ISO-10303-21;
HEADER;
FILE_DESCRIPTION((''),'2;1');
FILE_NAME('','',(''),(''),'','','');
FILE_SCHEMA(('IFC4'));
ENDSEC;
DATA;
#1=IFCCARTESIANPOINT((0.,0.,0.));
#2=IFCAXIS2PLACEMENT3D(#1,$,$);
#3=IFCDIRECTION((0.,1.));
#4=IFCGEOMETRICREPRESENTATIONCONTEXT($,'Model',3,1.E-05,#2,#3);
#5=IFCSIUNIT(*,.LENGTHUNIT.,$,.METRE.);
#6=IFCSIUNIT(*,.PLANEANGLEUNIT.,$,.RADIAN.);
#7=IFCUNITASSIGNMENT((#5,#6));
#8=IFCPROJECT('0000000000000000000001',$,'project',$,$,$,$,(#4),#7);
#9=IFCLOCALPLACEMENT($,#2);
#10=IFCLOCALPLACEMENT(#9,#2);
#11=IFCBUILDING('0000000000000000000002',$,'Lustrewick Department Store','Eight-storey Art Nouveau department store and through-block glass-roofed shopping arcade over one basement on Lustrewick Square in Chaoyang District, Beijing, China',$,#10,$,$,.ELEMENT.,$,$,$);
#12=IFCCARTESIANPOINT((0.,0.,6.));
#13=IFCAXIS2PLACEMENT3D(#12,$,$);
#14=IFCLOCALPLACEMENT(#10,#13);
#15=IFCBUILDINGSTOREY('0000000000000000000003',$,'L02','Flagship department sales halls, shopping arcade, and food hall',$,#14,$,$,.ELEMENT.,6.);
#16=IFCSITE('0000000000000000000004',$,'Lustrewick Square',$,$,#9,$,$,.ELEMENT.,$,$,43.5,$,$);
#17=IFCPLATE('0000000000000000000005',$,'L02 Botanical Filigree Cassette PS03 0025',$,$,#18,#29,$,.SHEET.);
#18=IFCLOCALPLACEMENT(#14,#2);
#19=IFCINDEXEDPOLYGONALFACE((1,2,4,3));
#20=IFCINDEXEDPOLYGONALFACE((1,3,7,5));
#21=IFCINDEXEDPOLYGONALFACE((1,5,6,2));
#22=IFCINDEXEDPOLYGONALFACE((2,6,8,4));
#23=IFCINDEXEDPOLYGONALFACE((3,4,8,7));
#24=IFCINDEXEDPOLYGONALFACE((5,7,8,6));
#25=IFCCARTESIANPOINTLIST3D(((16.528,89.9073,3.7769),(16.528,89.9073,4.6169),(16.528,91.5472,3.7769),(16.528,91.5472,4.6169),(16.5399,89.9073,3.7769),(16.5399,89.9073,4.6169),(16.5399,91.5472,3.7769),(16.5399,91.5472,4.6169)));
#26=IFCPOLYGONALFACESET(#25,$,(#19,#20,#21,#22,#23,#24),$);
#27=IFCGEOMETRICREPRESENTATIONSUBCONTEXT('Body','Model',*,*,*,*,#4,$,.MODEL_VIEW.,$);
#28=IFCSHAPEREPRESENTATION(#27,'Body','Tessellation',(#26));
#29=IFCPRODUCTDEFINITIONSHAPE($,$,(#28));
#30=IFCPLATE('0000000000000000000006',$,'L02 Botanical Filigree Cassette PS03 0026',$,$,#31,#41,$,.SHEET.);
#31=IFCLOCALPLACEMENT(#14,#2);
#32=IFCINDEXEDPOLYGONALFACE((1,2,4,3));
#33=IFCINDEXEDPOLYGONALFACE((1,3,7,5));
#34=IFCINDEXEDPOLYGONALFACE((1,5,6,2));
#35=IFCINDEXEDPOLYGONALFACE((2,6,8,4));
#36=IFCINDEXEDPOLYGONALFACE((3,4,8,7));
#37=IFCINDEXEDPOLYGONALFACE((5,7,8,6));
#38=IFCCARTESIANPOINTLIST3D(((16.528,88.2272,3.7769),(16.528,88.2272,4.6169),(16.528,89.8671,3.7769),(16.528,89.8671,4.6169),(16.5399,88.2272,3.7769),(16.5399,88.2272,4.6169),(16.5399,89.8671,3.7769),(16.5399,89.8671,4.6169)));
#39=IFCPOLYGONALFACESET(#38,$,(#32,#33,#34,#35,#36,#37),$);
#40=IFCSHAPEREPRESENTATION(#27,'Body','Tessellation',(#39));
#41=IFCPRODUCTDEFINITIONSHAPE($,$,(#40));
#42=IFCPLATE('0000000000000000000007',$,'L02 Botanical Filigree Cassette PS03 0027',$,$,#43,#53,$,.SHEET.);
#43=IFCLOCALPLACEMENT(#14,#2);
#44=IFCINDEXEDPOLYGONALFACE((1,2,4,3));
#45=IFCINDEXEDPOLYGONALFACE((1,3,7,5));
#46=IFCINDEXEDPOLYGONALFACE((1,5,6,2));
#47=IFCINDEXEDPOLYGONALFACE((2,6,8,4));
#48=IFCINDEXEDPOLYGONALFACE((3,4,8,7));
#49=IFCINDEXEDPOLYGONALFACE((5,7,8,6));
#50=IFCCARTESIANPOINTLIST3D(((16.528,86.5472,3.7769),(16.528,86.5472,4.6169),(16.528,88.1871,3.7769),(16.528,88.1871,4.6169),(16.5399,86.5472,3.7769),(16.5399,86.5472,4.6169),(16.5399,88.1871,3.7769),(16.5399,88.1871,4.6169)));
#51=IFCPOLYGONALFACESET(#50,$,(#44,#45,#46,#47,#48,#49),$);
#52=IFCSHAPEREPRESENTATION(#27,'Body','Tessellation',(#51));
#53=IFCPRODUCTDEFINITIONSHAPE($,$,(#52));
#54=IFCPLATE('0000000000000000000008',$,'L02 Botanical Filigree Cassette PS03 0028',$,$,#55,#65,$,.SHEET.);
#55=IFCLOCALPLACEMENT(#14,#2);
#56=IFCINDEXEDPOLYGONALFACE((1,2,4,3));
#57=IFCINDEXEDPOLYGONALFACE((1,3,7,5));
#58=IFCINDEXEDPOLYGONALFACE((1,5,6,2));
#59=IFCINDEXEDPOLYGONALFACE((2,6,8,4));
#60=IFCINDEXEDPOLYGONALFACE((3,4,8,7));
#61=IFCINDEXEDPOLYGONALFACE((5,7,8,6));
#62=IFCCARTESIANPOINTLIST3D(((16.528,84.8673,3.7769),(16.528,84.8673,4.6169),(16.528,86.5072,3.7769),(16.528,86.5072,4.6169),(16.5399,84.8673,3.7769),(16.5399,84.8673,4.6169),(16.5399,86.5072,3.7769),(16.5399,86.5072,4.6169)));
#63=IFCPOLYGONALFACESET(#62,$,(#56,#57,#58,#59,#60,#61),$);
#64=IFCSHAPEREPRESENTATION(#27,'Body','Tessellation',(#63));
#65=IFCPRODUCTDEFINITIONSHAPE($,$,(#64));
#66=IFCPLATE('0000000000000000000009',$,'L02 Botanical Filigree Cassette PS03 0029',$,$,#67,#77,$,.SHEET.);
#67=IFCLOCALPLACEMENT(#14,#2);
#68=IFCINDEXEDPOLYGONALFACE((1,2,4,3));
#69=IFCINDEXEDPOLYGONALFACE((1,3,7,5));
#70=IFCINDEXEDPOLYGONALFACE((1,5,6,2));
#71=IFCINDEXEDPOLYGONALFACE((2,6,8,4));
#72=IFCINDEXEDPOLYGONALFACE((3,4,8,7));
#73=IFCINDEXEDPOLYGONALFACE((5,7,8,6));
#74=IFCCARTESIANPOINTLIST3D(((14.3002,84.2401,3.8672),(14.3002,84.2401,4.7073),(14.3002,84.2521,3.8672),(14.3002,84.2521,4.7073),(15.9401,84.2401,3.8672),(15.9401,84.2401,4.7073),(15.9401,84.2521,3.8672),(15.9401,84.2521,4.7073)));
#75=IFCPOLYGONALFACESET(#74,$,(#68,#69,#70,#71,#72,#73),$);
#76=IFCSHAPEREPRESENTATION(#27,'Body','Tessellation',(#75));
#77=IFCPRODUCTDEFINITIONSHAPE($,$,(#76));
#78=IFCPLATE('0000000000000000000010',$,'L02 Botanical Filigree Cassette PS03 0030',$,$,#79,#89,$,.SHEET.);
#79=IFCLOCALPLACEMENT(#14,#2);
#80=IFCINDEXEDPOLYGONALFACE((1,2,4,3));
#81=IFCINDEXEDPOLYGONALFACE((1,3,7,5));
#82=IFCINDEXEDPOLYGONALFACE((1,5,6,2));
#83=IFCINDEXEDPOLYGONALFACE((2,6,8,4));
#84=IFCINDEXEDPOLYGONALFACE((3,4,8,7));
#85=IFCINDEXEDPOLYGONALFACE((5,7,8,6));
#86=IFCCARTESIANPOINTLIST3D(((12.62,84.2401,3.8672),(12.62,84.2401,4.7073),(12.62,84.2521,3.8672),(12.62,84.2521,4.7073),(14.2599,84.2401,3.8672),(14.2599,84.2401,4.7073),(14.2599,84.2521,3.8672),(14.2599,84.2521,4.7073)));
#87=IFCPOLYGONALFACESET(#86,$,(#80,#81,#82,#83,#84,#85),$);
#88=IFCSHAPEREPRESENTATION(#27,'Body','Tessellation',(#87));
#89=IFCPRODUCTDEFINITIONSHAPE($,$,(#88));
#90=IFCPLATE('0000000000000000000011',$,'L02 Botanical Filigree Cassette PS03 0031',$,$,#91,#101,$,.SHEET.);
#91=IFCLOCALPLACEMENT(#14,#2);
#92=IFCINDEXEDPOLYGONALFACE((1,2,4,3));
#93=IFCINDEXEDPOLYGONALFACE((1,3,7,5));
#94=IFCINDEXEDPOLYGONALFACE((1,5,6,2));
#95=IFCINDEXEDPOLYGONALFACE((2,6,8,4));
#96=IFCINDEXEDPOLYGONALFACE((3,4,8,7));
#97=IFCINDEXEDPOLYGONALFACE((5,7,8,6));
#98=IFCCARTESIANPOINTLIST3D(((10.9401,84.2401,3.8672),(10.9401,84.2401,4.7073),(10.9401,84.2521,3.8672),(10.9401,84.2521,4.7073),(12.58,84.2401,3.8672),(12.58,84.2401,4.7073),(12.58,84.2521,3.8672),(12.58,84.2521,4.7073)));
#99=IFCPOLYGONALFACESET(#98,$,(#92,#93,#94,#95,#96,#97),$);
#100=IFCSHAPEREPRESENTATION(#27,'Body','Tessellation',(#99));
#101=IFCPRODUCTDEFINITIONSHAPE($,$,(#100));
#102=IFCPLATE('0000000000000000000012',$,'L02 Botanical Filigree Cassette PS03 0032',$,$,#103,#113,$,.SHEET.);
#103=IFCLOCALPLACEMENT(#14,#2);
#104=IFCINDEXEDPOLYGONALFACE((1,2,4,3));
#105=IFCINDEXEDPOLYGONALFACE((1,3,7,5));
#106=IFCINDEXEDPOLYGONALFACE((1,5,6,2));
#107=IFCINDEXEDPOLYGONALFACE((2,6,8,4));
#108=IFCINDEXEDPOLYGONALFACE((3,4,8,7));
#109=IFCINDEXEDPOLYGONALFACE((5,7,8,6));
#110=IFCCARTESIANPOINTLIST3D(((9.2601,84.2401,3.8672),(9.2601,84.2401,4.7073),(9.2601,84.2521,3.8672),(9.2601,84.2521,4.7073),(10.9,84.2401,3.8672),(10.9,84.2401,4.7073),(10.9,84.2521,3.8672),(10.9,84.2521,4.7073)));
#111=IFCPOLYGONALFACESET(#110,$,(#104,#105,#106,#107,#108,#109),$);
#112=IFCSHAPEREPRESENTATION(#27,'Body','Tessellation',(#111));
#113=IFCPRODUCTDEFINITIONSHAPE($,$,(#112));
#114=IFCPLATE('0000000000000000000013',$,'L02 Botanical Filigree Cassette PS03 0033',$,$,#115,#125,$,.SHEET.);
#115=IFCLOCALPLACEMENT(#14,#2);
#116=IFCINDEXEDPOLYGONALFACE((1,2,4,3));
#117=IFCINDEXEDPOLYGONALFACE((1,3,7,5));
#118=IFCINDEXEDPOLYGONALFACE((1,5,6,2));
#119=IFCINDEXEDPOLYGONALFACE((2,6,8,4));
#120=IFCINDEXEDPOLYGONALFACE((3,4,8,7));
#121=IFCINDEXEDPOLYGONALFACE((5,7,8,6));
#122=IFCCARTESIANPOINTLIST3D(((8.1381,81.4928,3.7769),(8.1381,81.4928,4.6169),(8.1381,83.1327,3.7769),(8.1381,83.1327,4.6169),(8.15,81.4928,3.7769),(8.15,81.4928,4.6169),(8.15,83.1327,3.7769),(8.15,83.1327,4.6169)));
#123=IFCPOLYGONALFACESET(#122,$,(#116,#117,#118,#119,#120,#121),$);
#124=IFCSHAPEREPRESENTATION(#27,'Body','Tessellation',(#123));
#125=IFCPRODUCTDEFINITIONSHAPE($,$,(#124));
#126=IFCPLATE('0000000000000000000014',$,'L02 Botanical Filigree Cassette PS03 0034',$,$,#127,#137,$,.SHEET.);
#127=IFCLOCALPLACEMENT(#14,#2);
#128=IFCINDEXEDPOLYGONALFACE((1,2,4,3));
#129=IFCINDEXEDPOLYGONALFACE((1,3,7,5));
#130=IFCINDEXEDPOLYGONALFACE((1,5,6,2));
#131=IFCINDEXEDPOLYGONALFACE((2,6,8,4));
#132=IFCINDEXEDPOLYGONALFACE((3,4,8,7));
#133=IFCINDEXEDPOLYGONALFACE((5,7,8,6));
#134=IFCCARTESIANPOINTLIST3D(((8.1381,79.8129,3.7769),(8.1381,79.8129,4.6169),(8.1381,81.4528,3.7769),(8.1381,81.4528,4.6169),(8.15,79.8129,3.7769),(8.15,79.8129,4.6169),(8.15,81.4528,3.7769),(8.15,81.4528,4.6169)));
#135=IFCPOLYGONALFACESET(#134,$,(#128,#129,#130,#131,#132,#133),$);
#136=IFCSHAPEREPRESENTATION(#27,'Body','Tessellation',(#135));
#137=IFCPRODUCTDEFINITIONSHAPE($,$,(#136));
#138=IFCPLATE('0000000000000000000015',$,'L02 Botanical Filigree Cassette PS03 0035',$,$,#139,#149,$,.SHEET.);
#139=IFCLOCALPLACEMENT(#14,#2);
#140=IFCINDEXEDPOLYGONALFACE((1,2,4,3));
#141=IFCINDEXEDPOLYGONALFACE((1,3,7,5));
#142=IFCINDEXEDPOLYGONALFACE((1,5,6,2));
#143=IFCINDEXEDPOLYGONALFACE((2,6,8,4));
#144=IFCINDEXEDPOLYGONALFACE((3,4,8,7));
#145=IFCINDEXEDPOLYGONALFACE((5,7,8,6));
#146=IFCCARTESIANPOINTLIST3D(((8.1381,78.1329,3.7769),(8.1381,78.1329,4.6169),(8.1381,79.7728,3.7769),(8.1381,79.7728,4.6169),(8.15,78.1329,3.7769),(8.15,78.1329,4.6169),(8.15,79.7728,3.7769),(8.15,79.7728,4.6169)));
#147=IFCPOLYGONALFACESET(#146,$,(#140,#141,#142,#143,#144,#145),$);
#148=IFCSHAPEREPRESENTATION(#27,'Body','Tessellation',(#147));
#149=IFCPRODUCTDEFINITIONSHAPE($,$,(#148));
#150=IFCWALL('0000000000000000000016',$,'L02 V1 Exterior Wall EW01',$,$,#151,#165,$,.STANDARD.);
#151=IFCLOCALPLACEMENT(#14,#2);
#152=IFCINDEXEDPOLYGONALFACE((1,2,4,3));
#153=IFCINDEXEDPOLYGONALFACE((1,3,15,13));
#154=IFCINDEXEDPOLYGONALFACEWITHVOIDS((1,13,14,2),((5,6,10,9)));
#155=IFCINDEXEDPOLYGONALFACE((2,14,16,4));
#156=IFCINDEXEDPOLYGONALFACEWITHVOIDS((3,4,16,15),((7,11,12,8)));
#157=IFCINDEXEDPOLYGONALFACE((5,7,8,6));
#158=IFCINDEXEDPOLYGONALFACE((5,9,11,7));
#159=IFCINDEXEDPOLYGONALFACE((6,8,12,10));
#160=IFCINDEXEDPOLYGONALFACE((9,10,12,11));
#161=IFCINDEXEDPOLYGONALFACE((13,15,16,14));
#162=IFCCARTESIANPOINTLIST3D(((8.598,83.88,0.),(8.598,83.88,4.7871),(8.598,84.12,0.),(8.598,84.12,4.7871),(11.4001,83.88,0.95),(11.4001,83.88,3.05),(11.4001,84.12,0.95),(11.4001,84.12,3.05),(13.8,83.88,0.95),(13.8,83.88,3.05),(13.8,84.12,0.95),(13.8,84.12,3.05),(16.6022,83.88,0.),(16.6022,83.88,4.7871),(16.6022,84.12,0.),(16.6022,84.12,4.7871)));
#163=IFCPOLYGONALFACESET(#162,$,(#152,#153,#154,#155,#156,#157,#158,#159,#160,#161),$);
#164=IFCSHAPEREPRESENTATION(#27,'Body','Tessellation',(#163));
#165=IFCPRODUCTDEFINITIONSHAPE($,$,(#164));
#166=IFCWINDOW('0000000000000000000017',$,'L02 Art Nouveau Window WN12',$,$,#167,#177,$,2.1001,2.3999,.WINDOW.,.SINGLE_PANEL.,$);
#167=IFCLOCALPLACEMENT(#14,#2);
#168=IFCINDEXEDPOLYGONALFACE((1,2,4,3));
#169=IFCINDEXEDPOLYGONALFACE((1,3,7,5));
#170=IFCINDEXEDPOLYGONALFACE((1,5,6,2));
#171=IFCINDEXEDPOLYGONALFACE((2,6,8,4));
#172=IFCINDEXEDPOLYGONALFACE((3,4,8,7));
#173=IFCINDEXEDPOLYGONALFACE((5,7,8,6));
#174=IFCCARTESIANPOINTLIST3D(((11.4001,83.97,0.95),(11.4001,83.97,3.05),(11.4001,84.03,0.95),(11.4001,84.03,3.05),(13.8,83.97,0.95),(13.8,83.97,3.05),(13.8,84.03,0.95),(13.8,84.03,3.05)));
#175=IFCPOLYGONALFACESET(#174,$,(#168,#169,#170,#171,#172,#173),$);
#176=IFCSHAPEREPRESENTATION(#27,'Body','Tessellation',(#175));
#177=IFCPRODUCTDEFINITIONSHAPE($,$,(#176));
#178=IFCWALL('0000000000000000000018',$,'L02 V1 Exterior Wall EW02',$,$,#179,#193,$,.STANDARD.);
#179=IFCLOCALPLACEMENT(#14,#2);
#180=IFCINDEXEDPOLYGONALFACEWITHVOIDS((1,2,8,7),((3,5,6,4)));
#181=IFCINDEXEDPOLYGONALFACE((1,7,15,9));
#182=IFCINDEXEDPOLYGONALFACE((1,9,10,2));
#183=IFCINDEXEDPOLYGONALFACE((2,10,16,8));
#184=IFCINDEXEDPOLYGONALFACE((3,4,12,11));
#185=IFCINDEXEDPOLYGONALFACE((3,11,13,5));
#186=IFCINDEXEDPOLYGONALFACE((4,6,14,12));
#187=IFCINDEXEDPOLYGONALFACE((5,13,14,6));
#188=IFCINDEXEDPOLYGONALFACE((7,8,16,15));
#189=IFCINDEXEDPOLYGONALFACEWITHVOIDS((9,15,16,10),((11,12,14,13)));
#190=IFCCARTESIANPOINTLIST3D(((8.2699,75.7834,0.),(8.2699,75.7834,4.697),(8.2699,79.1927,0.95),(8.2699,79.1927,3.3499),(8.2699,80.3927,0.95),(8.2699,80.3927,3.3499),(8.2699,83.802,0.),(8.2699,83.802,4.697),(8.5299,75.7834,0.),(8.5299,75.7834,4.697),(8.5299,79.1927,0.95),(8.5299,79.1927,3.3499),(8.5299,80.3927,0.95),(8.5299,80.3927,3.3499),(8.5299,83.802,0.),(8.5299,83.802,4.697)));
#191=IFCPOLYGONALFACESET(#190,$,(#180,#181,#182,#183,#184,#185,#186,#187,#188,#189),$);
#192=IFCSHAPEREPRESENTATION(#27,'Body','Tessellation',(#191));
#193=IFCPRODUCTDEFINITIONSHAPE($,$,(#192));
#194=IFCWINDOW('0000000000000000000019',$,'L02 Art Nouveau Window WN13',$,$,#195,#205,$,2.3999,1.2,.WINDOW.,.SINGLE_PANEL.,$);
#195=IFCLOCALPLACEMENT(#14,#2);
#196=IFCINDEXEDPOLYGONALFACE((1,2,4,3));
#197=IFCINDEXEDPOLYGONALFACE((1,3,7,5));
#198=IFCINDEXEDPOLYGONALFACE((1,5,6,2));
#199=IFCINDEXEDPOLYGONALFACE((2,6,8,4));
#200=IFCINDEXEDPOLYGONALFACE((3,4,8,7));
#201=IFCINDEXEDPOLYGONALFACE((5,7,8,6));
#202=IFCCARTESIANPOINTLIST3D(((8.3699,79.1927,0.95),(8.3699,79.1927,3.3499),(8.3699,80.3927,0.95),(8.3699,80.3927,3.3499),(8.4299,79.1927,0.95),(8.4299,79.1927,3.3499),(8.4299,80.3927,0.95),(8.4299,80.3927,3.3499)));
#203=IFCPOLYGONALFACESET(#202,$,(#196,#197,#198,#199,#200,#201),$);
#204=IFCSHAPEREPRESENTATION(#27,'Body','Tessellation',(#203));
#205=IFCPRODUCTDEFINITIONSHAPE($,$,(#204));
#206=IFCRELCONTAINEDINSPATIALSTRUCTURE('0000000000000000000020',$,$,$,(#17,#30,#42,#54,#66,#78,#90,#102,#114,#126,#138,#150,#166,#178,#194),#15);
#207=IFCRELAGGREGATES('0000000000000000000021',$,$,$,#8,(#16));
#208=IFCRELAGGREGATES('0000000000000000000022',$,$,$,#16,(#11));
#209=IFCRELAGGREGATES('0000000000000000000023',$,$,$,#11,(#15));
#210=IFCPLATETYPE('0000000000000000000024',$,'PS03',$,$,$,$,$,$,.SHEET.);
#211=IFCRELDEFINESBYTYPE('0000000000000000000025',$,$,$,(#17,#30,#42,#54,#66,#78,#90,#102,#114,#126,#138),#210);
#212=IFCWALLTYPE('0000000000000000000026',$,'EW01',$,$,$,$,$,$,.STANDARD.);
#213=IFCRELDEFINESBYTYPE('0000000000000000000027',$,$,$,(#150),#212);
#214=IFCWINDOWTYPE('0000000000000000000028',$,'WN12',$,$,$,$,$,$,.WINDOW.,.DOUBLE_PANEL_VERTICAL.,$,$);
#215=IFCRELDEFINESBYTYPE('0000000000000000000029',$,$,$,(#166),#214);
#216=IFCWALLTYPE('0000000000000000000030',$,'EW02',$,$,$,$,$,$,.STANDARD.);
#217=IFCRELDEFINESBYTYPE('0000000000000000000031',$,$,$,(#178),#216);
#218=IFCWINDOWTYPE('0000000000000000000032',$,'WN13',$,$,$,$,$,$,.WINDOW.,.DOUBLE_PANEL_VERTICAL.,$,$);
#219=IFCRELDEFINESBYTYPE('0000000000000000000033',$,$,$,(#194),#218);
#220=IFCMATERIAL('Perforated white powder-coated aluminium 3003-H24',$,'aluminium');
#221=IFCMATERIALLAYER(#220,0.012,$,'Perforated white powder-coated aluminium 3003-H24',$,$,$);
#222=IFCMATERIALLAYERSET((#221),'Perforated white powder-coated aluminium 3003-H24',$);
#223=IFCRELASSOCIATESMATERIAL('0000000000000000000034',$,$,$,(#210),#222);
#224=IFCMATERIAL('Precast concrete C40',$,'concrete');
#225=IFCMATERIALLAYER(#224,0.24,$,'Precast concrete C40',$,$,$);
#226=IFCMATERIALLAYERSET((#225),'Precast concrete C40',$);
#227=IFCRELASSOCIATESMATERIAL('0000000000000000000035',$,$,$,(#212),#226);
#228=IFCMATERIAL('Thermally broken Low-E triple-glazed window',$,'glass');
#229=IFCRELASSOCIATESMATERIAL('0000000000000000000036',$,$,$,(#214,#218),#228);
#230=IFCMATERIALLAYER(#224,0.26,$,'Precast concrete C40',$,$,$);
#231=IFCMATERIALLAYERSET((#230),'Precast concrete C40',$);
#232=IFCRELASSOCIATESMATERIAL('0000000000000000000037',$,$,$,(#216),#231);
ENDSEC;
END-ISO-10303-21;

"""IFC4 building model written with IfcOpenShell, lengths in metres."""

from ifc_helpers import new_model, si_unit, direction, frame, frame_2d, origin, origin_2d, place, context, subcontext, project, spatial, rectangle, extrude, material, layer, layer_set, type_object, element, fill, save


model = new_model("IFC4")

# Units and contexts
model_context = context("Model", 3, precision=1e-05, world=origin(), true_north=direction((0.0, 1.0)))
body_context = subcontext(model_context, "Body", "Model", "MODEL_VIEW")
ifc_project = project(units=[si_unit("LENGTHUNIT", "METRE"), si_unit("PLANEANGLEUNIT", "RADIAN")], contexts=[model_context])

# Site, building, storey
site_placement = place(None, origin())
site = spatial("IfcSite", under=ifc_project, at=site_placement, Name="Lustrewick Square", CompositionType="ELEMENT", RefElevation=43.5)
building_placement = place(site_placement, origin())
building = spatial("IfcBuilding", under=site, at=building_placement, Name="Lustrewick Department Store", Description="Eight-storey Art Nouveau department store and through-block glass-roofed shopping arcade over one basement on Lustrewick Square in Chaoyang District, Beijing, China", CompositionType="ELEMENT")
storey_placement = place(building_placement, frame((0.0, 0.0, 6.0)))
storey = spatial("IfcBuildingStorey", under=building, at=storey_placement, Name="L02", Description="Flagship department sales halls, shopping arcade, and food hall", CompositionType="ELEMENT", Elevation=6.0)

# Plates
ifc_material_1 = material(Name="Perforated white powder-coated aluminium 3003-H24", Category="aluminium")
ifc_layer_1 = layer(ifc_material_1, 0.012, Name="Perforated white powder-coated aluminium 3003-H24")
ifc_layer_set_1 = layer_set([ifc_layer_1], Name="Perforated white powder-coated aluminium 3003-H24")
plate_type = type_object("IfcPlateType", Name="PS03", PredefinedType="SHEET", material=ifc_layer_set_1)
for number, where, z_axis, x_axis, name in (
    (1, (16.5339, 90.7273, 3.7769), (0.0, 0.0, 1.0), (0.0, -1.0, 0.0), "L02 Botanical Filigree Cassette PS03 0025"),
    (2, (16.5339, 89.0471, 3.7769), (0.0, 0.0, 1.0), (0.0, -1.0, 0.0), "L02 Botanical Filigree Cassette PS03 0026"),
    (3, (16.5339, 87.3672, 3.7769), (0.0, 0.0, 1.0), (0.0, -1.0, 0.0), "L02 Botanical Filigree Cassette PS03 0027"),
    (4, (16.5339, 85.6873, 3.7769), (0.0, 0.0, 1.0), (0.0, -1.0, 0.0), "L02 Botanical Filigree Cassette PS03 0028"),
    (5, (15.1201, 84.2461, 3.8672), (0.0, 0.0, 1.0), (-1.0, 0.0, 0.0), "L02 Botanical Filigree Cassette PS03 0029"),
    (6, (13.4399, 84.2461, 3.8672), (0.0, 0.0, 1.0), (-1.0, 0.0, 0.0), "L02 Botanical Filigree Cassette PS03 0030"),
    (7, (11.76, 84.2461, 3.8672), (0.0, 0.0, 1.0), (-1.0, 0.0, 0.0), "L02 Botanical Filigree Cassette PS03 0031"),
    (8, (10.0801, 84.2461, 3.8672), (0.0, 0.0, 1.0), (-1.0, 0.0, 0.0), "L02 Botanical Filigree Cassette PS03 0032"),
    (9, (8.144, 82.3127, 3.7769), (0.0, 0.0, 1.0), (0.0, -1.0, 0.0), "L02 Botanical Filigree Cassette PS03 0033"),
    (10, (8.144, 80.6328, 3.7769), (0.0, 0.0, 1.0), (0.0, -1.0, 0.0), "L02 Botanical Filigree Cassette PS03 0034"),
    (11, (8.144, 78.9529, 3.7769), (0.0, 0.0, 1.0), (0.0, -1.0, 0.0), "L02 Botanical Filigree Cassette PS03 0035"),
):
    element("IfcPlate", number, at=place(storey_placement, frame(where, z_axis=z_axis, x_axis=x_axis)), inside=storey, type_object=plate_type, Name=name, PredefinedType="SHEET", context=body_context, shape_type="SweptSolid", body=[
        extrude(rectangle(XDim=1.6399, YDim=0.012, at=origin_2d()), origin(), (0.0, 0.0, 1.0), 0.8401),
    ])

# Walls, openings, windows
ifc_material_2 = material(Name="Precast concrete C40", Category="concrete")
ifc_layer_2 = layer(ifc_material_2, 0.24, Name="Precast concrete C40")
ifc_layer_set_2 = layer_set([ifc_layer_2], Name="Precast concrete C40")
wall_type_1 = type_object("IfcWallType", Name="EW01", PredefinedType="STANDARD", material=ifc_layer_set_2)
wall_1_placement = place(storey_placement, frame((16.6021, 84.0, 0.0), z_axis=(0.0, 0.0, 1.0), x_axis=(-1.0, 0.0, 0.0)))
wall_1 = element("IfcWall", 12, at=wall_1_placement, inside=storey, type_object=wall_type_1, Name="L02 V1 Exterior Wall EW01", PredefinedType="STANDARD", context=body_context, shape_type="SweptSolid", body=[
    extrude(rectangle(XDim=8.0042, YDim=0.24, at=frame_2d((4.002, 0.0))), origin(), (0.0, 0.0, 1.0), 4.7871),
])
opening_1_placement = place(wall_1_placement, frame((2.802, 0.0, 0.95)))
opening_1 = element("IfcOpeningElement", 13, at=opening_1_placement, cuts=wall_1, PredefinedType="OPENING", context=body_context, shape_type="SweptSolid", body=[
    extrude(rectangle(XDim=2.3999, YDim=2.1001, at=frame_2d((1.2, 1.05))), frame((0.0, 0.1299, 0.0), z_axis=(0.0, -1.0, 0.0), x_axis=(1.0, 0.0, 0.0)), (0.0, 0.0, 1.0), 0.26),
])
ifc_material_3 = material(Name="Thermally broken Low-E triple-glazed window", Category="glass")
window_type_1 = type_object("IfcWindowType", Name="WN12", PartitioningType="DOUBLE_PANEL_VERTICAL", PredefinedType="WINDOW", material=ifc_material_3)
window_1_placement = place(opening_1_placement, origin())
window_1 = element("IfcWindow", 14, at=window_1_placement, inside=storey, type_object=window_type_1, Name="L02 Art Nouveau Window WN12", OverallHeight=2.1001, OverallWidth=2.3999, PartitioningType="SINGLE_PANEL", PredefinedType="WINDOW", context=body_context, shape_type="SweptSolid", body=[
    extrude(rectangle(XDim=2.3999, YDim=2.1001, at=frame_2d((1.2, 1.05))), frame((0.0, 0.03, 0.0), z_axis=(0.0, -1.0, 0.0), x_axis=(1.0, 0.0, 0.0)), (0.0, 0.0, 1.0), 0.0601),
])
fill(opening_1, window_1)
ifc_layer_3 = layer(ifc_material_2, 0.26, Name="Precast concrete C40")
ifc_layer_set_3 = layer_set([ifc_layer_3], Name="Precast concrete C40")
wall_type_2 = type_object("IfcWallType", Name="EW02", PredefinedType="STANDARD", material=ifc_layer_set_3)
wall_2_placement = place(storey_placement, frame((8.3999, 83.802, 0.0), z_axis=(0.0, 0.0, 1.0), x_axis=(0.0, -1.0, 0.0)))
wall_2 = element("IfcWall", 15, at=wall_2_placement, inside=storey, type_object=wall_type_2, Name="L02 V1 Exterior Wall EW02", PredefinedType="STANDARD", context=body_context, shape_type="SweptSolid", body=[
    extrude(rectangle(XDim=8.0186, YDim=0.26, at=frame_2d((4.0093, 0.0))), origin(), (0.0, 0.0, 1.0), 4.697),
])
opening_2_placement = place(wall_2_placement, frame((3.4092, 0.0, 0.95)))
opening_2 = element("IfcOpeningElement", 16, at=opening_2_placement, cuts=wall_2, PredefinedType="OPENING", context=body_context, shape_type="SweptSolid", body=[
    extrude(rectangle(XDim=1.2, YDim=2.3999, at=frame_2d((0.6001, 1.2))), frame((0.0, 0.1401, 0.0), z_axis=(0.0, -1.0, 0.0), x_axis=(1.0, 0.0, 0.0)), (0.0, 0.0, 1.0), 0.28),
])
window_type_2 = type_object("IfcWindowType", Name="WN13", PartitioningType="DOUBLE_PANEL_VERTICAL", PredefinedType="WINDOW", material=ifc_material_3)
window_2_placement = place(opening_2_placement, origin())
window_2 = element("IfcWindow", 17, at=window_2_placement, inside=storey, type_object=window_type_2, Name="L02 Art Nouveau Window WN13", OverallHeight=2.3999, OverallWidth=1.2, PartitioningType="SINGLE_PANEL", PredefinedType="WINDOW", context=body_context, shape_type="SweptSolid", body=[
    extrude(rectangle(XDim=1.2, YDim=2.3999, at=frame_2d((0.6001, 1.2))), frame((0.0, 0.03, 0.0), z_axis=(0.0, -1.0, 0.0), x_axis=(1.0, 0.0, 0.0)), (0.0, 0.0, 1.0), 0.0601),
])
fill(opening_2, window_2)

save(model, "model.ifc")
